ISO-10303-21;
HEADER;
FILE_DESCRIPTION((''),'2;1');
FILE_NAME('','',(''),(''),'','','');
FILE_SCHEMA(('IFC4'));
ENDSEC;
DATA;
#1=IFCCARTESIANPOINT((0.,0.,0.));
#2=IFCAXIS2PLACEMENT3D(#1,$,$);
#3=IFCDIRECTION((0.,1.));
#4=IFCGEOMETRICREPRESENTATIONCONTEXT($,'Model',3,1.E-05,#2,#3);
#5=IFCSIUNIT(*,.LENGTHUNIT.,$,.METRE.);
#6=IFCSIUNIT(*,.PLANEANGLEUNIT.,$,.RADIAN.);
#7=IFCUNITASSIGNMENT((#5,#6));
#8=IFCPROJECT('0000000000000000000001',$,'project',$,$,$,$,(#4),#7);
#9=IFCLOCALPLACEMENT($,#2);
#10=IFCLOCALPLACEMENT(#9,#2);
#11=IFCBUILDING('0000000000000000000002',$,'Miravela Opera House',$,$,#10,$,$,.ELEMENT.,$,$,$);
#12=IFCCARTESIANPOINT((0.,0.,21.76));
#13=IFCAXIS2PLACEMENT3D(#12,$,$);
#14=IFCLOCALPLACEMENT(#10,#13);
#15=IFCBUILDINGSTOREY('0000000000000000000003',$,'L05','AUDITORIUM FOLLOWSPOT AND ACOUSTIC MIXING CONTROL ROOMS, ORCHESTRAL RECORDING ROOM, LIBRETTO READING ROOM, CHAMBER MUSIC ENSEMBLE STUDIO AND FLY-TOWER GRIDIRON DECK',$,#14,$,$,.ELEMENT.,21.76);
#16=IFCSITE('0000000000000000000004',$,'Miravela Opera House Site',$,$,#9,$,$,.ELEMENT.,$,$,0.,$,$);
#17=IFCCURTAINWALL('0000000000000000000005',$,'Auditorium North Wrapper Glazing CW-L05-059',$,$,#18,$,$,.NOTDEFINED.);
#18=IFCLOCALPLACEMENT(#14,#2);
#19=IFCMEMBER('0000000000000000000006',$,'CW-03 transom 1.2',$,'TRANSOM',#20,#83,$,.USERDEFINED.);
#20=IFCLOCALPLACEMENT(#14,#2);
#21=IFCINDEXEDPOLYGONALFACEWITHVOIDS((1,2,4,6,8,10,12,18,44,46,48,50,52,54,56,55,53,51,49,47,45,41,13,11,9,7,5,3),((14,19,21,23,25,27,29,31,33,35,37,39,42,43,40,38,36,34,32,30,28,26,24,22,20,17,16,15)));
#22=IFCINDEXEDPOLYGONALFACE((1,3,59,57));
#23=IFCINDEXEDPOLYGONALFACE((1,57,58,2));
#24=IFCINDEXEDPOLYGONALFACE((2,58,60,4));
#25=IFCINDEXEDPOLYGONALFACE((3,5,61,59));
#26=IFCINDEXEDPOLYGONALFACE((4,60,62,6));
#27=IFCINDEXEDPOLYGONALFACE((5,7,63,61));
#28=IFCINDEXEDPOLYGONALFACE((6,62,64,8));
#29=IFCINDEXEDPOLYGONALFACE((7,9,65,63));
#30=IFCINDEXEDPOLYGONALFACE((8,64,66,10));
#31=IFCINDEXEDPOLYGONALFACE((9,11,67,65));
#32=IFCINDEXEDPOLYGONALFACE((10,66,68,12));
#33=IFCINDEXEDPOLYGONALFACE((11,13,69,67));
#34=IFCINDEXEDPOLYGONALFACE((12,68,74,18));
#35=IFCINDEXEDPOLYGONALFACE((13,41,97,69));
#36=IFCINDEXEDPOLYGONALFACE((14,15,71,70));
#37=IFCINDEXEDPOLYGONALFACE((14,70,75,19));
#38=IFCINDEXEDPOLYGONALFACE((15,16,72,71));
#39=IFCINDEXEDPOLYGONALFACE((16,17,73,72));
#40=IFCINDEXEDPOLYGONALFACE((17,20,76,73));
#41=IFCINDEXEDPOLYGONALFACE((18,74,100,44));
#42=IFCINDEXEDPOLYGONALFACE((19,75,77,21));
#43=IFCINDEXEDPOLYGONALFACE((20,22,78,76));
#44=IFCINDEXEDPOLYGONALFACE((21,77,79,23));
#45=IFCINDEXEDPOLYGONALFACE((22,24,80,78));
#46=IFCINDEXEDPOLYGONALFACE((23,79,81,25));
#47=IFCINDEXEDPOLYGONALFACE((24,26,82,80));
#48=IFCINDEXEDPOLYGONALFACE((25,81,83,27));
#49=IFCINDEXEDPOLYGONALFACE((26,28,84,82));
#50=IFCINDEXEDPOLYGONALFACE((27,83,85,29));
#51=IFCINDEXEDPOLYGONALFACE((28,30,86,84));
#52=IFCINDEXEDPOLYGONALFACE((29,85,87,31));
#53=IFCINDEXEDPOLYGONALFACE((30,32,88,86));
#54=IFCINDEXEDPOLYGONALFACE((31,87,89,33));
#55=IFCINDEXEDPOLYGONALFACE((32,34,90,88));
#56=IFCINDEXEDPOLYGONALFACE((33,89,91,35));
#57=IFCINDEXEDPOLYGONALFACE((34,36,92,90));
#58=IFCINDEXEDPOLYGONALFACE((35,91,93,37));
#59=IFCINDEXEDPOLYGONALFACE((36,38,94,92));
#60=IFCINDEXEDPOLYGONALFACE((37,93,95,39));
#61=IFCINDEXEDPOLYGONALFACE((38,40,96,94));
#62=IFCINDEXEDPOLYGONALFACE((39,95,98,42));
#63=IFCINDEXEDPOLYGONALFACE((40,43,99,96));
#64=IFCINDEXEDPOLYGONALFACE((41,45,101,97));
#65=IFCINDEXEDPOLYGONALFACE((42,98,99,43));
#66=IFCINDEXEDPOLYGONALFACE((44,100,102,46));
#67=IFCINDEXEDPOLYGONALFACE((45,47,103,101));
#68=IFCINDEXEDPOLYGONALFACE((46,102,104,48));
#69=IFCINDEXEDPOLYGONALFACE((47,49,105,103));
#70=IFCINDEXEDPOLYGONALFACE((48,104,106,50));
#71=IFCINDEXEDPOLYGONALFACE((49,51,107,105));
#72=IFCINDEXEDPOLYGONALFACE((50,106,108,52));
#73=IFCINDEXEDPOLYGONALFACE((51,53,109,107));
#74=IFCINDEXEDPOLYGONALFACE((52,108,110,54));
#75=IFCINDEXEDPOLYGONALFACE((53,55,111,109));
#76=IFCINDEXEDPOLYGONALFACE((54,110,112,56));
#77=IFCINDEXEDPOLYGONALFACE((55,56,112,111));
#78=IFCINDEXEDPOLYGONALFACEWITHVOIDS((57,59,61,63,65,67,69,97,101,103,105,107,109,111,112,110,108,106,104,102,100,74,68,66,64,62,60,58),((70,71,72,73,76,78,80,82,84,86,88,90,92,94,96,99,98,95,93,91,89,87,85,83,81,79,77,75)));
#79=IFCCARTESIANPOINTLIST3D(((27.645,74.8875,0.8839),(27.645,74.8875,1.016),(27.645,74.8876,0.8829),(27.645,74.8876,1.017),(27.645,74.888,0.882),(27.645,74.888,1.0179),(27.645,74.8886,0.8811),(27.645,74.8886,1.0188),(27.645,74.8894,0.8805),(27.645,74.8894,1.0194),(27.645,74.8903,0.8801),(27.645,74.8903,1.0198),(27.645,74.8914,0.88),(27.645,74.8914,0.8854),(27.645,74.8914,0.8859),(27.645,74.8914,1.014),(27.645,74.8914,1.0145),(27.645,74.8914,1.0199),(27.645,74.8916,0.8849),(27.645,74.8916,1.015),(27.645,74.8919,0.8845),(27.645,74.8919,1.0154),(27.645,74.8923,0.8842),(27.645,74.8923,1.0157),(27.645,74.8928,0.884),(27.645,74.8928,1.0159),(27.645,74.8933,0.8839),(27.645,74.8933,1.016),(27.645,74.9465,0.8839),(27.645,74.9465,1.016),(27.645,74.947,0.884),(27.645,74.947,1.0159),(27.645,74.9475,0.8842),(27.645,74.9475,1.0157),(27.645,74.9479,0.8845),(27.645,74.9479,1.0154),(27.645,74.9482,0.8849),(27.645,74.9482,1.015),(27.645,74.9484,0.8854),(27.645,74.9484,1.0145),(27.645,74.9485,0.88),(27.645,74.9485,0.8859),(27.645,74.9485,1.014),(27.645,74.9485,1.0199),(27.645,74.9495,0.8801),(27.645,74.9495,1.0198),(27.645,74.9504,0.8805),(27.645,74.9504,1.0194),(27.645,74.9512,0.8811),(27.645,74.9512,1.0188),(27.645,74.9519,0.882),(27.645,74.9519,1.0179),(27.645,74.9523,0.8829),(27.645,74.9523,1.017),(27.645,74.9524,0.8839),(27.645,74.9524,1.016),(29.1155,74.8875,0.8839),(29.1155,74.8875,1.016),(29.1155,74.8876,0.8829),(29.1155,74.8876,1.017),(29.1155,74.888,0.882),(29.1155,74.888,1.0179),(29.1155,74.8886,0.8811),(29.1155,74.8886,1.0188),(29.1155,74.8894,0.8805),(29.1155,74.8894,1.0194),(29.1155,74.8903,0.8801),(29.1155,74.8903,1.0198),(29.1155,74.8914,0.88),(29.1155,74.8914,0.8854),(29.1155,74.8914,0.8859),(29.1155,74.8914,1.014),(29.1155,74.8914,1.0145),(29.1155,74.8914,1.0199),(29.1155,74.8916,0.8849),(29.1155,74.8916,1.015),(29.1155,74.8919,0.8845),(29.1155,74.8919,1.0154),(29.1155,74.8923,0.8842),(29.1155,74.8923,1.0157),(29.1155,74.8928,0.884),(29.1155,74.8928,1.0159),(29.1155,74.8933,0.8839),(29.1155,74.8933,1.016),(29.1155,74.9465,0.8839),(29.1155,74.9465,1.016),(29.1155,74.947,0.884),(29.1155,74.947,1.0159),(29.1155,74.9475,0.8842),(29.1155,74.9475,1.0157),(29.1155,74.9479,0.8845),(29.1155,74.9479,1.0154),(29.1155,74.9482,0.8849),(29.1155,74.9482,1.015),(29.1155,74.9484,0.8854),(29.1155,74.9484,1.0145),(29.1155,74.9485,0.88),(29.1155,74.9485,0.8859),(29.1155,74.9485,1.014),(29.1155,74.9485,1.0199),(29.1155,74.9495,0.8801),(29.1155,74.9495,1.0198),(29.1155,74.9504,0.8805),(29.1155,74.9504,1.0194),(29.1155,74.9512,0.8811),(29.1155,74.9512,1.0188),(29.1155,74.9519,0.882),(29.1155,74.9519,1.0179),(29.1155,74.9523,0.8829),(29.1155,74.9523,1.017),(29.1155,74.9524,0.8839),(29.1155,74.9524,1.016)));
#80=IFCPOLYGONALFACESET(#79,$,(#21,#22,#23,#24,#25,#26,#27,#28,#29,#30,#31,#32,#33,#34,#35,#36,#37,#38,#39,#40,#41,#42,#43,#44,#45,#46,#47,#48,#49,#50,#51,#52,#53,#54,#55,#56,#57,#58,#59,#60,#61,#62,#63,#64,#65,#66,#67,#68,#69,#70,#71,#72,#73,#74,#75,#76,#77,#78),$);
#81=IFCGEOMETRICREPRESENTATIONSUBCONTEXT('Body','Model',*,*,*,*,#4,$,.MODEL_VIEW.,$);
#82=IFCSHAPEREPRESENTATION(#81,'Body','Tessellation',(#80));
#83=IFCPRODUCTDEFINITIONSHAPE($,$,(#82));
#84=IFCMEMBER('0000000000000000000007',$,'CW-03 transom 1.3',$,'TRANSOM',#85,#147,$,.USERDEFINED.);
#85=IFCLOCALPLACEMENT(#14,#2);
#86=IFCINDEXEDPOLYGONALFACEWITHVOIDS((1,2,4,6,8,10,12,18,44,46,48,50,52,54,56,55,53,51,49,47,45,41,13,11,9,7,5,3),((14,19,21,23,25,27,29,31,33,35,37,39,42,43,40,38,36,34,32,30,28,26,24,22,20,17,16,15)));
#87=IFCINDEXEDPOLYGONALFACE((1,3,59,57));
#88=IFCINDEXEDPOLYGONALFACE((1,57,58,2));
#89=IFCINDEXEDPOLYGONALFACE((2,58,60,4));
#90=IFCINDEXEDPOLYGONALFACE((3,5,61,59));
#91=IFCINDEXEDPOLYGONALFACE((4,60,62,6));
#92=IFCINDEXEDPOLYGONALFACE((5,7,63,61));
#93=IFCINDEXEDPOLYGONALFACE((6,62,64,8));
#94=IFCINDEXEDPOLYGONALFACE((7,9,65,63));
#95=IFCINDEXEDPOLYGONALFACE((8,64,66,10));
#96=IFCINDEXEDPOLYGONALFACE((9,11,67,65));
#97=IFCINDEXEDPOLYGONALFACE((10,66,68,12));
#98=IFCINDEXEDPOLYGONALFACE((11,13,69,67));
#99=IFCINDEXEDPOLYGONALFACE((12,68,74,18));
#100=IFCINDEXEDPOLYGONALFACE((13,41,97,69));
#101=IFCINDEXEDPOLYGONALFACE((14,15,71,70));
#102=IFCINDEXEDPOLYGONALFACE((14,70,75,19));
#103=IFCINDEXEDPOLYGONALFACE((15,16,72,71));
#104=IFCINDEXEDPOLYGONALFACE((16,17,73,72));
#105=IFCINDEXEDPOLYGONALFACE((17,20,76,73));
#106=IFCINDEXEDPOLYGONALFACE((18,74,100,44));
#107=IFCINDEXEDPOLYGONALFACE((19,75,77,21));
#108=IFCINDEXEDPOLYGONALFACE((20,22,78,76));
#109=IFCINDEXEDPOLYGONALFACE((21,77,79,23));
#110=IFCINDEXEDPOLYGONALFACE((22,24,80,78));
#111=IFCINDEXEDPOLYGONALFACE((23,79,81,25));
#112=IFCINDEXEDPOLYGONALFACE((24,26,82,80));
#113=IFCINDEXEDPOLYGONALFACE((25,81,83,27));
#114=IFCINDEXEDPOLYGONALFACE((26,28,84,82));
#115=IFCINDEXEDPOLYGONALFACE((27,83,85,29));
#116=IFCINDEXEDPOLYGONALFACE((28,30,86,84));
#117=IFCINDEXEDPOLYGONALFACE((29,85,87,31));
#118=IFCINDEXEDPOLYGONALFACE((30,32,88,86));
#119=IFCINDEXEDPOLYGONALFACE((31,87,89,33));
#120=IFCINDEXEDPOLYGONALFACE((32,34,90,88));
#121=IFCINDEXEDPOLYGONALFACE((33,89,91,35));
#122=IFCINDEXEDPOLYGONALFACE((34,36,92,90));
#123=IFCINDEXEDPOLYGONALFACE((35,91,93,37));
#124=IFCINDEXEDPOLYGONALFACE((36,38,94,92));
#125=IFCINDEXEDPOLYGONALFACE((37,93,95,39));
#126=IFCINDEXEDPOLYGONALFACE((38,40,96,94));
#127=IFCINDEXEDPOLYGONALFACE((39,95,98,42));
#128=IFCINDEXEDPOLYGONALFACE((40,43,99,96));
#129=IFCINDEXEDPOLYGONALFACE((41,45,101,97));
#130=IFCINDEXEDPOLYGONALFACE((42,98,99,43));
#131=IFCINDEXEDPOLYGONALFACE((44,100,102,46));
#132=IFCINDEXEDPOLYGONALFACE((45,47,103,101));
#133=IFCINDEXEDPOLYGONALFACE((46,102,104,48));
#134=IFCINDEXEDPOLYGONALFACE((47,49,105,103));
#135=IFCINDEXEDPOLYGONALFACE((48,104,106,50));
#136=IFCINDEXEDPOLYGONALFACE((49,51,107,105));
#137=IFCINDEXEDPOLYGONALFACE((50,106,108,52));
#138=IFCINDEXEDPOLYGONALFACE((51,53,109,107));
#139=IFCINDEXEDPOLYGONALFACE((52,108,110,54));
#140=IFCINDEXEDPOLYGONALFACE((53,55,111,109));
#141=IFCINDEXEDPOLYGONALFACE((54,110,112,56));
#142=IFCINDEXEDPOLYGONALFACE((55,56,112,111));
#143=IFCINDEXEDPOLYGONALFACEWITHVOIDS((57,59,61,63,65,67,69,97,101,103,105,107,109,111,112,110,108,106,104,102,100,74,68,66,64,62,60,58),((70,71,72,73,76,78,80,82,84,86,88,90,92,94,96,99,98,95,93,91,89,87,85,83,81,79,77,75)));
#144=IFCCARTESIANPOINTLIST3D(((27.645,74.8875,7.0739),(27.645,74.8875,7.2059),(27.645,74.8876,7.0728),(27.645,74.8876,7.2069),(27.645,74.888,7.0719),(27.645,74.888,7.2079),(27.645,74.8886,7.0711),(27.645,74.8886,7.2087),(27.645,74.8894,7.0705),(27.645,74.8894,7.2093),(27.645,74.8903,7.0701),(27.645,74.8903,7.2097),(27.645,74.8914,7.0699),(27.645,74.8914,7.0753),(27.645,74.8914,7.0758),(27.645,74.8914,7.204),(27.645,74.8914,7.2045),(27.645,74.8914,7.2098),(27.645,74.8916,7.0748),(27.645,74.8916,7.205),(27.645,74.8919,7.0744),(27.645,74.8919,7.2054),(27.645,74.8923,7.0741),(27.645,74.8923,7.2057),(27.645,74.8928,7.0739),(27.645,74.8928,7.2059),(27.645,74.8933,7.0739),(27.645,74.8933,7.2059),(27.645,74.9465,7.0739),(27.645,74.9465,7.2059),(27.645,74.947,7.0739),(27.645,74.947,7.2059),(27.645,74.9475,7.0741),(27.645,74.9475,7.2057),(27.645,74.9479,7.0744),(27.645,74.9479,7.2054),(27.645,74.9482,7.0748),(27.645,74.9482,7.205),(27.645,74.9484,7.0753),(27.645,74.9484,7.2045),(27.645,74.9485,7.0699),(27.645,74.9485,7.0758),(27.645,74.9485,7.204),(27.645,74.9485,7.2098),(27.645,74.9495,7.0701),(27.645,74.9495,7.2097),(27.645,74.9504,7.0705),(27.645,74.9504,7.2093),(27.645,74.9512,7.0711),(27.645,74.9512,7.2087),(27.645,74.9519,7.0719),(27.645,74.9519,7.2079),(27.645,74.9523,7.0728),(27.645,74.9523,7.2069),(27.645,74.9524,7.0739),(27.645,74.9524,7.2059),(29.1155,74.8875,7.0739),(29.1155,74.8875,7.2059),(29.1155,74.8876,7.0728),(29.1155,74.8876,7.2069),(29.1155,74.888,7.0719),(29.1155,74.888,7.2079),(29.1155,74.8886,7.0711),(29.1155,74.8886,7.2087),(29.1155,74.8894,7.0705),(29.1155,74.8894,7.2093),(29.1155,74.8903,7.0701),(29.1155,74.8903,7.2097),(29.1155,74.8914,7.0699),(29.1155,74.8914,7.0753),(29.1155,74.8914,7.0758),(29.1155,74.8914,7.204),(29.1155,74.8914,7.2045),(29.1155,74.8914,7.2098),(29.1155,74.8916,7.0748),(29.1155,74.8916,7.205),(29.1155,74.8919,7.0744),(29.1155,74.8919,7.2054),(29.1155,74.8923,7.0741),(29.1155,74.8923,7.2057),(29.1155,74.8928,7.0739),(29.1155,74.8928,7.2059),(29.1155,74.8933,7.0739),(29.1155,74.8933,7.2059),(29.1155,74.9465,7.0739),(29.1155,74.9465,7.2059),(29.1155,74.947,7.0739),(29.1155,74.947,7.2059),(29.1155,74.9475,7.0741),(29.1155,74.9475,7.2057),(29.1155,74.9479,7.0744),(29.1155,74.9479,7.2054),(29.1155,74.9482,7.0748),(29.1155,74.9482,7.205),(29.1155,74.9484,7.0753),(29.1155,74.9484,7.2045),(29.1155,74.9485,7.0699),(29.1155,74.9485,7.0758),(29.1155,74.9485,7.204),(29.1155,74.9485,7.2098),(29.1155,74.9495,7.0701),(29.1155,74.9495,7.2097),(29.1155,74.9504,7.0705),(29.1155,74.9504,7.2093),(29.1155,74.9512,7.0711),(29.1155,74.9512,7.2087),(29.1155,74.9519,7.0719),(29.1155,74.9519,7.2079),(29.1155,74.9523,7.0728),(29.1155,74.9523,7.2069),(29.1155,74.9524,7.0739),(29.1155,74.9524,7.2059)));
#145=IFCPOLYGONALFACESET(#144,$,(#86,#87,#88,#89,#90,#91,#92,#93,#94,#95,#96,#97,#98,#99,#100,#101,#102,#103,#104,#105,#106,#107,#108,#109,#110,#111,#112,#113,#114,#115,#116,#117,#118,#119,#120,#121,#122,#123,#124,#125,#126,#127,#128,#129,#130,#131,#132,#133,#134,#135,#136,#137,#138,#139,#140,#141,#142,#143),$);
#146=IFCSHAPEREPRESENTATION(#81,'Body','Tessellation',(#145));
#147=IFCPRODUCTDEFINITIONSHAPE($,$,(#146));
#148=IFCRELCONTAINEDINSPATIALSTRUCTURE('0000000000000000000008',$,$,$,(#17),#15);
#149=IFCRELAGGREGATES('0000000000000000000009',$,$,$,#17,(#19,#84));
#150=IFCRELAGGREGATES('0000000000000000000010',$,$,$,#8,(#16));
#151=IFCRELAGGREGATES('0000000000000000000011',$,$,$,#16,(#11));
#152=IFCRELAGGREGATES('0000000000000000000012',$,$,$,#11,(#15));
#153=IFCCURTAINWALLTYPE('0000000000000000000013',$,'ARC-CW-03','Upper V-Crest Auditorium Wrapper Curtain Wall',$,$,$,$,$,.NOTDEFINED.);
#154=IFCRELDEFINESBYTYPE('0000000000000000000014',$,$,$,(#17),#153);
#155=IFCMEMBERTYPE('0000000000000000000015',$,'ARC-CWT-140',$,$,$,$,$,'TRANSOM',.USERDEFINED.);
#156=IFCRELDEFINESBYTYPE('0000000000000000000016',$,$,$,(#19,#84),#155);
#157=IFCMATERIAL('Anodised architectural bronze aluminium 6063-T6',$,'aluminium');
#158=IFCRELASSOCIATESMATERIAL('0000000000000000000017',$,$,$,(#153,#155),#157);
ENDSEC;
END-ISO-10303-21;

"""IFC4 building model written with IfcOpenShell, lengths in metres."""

from ifc_helpers import new_model, si_unit, direction, frame, origin, origin_2d, place, context, subcontext, project, spatial, hollow_rectangle, extrude, material, material_profile, profile_set, type_object, element, aggregate, save


model = new_model("IFC4")

# Units and contexts
model_context = context("Model", 3, precision=1e-05, world=origin(), true_north=direction((0.0, 1.0)))
body_context = subcontext(model_context, "Body", "Model", "MODEL_VIEW")
ifc_project = project(units=[si_unit("LENGTHUNIT", "METRE"), si_unit("PLANEANGLEUNIT", "RADIAN")], contexts=[model_context])

# Site, building, storey
site_placement = place(None, origin())
site = spatial("IfcSite", under=ifc_project, at=site_placement, Name="Miravela Opera House Site", CompositionType="ELEMENT", RefElevation=0.0)
building_placement = place(site_placement, origin())
building = spatial("IfcBuilding", under=site, at=building_placement, Name="Miravela Opera House", CompositionType="ELEMENT")
storey_placement = place(building_placement, frame((0.0, 0.0, 21.76)))
storey = spatial("IfcBuildingStorey", under=building, at=storey_placement, Name="L05", Description="AUDITORIUM FOLLOWSPOT AND ACOUSTIC MIXING CONTROL ROOMS, ORCHESTRAL RECORDING ROOM, LIBRETTO READING ROOM, CHAMBER MUSIC ENSEMBLE STUDIO AND FLY-TOWER GRIDIRON DECK", CompositionType="ELEMENT", Elevation=21.76)

# Curtain wall, members
ifc_material_1 = material(Name="Anodised architectural bronze aluminium 6063-T6", Category="aluminium")
curtain_wall_type = type_object("IfcCurtainWallType", Name="ARC-CW-03", Description="Upper V-Crest Auditorium Wrapper Curtain Wall", PredefinedType="NOTDEFINED", material=ifc_material_1)
ifc_material_profile = material_profile(ifc_material_1, hollow_rectangle(XDim=0.0649, YDim=0.1399, WallThickness=0.0039, InnerFilletRadius=0.002, OuterFilletRadius=0.0039, at=origin_2d()), Name="CWT-65X140")
ifc_profile_set = profile_set([ifc_material_profile])
member_type = type_object("IfcMemberType", Name="ARC-CWT-140", ElementType="TRANSOM", PredefinedType="USERDEFINED", material=ifc_profile_set)
curtain_wall_1_placement = place(storey_placement, origin())
curtain_wall_1 = element("IfcCurtainWall", 1, at=curtain_wall_1_placement, inside=storey, type_object=curtain_wall_type, Name="Auditorium North Wrapper Glazing CW-L05-059", PredefinedType="NOTDEFINED")
member_1_placement = place(storey_placement, frame((27.645, 74.9199, 0.95), z_axis=(1.0, 0.0, 0.0), x_axis=(0.0, 1.0, 0.0)))
member_1 = element("IfcMember", 2, at=member_1_placement, type_object=member_type, Name="CW-03 transom 1.2", ObjectType="TRANSOM", PredefinedType="USERDEFINED", context=body_context, shape_type="SweptSolid", body=[
    extrude(hollow_rectangle(XDim=0.0649, YDim=0.1399, WallThickness=0.0039, InnerFilletRadius=0.002, OuterFilletRadius=0.0039, at=origin_2d()), origin(), (0.0, 0.0, 1.0), 1.4705),
])
member_2_placement = place(storey_placement, frame((27.645, 74.9199, 7.1399), z_axis=(1.0, 0.0, 0.0), x_axis=(0.0, 1.0, 0.0)))
member_2 = element("IfcMember", 3, at=member_2_placement, type_object=member_type, Name="CW-03 transom 1.3", ObjectType="TRANSOM", PredefinedType="USERDEFINED", context=body_context, shape_type="SweptSolid", body=[
    extrude(hollow_rectangle(XDim=0.0649, YDim=0.1399, WallThickness=0.0039, InnerFilletRadius=0.002, OuterFilletRadius=0.0039, at=origin_2d()), origin(), (0.0, 0.0, 1.0), 1.4705),
])

aggregate(curtain_wall_1, [member_1, member_2])

save(model, "model.ifc")
